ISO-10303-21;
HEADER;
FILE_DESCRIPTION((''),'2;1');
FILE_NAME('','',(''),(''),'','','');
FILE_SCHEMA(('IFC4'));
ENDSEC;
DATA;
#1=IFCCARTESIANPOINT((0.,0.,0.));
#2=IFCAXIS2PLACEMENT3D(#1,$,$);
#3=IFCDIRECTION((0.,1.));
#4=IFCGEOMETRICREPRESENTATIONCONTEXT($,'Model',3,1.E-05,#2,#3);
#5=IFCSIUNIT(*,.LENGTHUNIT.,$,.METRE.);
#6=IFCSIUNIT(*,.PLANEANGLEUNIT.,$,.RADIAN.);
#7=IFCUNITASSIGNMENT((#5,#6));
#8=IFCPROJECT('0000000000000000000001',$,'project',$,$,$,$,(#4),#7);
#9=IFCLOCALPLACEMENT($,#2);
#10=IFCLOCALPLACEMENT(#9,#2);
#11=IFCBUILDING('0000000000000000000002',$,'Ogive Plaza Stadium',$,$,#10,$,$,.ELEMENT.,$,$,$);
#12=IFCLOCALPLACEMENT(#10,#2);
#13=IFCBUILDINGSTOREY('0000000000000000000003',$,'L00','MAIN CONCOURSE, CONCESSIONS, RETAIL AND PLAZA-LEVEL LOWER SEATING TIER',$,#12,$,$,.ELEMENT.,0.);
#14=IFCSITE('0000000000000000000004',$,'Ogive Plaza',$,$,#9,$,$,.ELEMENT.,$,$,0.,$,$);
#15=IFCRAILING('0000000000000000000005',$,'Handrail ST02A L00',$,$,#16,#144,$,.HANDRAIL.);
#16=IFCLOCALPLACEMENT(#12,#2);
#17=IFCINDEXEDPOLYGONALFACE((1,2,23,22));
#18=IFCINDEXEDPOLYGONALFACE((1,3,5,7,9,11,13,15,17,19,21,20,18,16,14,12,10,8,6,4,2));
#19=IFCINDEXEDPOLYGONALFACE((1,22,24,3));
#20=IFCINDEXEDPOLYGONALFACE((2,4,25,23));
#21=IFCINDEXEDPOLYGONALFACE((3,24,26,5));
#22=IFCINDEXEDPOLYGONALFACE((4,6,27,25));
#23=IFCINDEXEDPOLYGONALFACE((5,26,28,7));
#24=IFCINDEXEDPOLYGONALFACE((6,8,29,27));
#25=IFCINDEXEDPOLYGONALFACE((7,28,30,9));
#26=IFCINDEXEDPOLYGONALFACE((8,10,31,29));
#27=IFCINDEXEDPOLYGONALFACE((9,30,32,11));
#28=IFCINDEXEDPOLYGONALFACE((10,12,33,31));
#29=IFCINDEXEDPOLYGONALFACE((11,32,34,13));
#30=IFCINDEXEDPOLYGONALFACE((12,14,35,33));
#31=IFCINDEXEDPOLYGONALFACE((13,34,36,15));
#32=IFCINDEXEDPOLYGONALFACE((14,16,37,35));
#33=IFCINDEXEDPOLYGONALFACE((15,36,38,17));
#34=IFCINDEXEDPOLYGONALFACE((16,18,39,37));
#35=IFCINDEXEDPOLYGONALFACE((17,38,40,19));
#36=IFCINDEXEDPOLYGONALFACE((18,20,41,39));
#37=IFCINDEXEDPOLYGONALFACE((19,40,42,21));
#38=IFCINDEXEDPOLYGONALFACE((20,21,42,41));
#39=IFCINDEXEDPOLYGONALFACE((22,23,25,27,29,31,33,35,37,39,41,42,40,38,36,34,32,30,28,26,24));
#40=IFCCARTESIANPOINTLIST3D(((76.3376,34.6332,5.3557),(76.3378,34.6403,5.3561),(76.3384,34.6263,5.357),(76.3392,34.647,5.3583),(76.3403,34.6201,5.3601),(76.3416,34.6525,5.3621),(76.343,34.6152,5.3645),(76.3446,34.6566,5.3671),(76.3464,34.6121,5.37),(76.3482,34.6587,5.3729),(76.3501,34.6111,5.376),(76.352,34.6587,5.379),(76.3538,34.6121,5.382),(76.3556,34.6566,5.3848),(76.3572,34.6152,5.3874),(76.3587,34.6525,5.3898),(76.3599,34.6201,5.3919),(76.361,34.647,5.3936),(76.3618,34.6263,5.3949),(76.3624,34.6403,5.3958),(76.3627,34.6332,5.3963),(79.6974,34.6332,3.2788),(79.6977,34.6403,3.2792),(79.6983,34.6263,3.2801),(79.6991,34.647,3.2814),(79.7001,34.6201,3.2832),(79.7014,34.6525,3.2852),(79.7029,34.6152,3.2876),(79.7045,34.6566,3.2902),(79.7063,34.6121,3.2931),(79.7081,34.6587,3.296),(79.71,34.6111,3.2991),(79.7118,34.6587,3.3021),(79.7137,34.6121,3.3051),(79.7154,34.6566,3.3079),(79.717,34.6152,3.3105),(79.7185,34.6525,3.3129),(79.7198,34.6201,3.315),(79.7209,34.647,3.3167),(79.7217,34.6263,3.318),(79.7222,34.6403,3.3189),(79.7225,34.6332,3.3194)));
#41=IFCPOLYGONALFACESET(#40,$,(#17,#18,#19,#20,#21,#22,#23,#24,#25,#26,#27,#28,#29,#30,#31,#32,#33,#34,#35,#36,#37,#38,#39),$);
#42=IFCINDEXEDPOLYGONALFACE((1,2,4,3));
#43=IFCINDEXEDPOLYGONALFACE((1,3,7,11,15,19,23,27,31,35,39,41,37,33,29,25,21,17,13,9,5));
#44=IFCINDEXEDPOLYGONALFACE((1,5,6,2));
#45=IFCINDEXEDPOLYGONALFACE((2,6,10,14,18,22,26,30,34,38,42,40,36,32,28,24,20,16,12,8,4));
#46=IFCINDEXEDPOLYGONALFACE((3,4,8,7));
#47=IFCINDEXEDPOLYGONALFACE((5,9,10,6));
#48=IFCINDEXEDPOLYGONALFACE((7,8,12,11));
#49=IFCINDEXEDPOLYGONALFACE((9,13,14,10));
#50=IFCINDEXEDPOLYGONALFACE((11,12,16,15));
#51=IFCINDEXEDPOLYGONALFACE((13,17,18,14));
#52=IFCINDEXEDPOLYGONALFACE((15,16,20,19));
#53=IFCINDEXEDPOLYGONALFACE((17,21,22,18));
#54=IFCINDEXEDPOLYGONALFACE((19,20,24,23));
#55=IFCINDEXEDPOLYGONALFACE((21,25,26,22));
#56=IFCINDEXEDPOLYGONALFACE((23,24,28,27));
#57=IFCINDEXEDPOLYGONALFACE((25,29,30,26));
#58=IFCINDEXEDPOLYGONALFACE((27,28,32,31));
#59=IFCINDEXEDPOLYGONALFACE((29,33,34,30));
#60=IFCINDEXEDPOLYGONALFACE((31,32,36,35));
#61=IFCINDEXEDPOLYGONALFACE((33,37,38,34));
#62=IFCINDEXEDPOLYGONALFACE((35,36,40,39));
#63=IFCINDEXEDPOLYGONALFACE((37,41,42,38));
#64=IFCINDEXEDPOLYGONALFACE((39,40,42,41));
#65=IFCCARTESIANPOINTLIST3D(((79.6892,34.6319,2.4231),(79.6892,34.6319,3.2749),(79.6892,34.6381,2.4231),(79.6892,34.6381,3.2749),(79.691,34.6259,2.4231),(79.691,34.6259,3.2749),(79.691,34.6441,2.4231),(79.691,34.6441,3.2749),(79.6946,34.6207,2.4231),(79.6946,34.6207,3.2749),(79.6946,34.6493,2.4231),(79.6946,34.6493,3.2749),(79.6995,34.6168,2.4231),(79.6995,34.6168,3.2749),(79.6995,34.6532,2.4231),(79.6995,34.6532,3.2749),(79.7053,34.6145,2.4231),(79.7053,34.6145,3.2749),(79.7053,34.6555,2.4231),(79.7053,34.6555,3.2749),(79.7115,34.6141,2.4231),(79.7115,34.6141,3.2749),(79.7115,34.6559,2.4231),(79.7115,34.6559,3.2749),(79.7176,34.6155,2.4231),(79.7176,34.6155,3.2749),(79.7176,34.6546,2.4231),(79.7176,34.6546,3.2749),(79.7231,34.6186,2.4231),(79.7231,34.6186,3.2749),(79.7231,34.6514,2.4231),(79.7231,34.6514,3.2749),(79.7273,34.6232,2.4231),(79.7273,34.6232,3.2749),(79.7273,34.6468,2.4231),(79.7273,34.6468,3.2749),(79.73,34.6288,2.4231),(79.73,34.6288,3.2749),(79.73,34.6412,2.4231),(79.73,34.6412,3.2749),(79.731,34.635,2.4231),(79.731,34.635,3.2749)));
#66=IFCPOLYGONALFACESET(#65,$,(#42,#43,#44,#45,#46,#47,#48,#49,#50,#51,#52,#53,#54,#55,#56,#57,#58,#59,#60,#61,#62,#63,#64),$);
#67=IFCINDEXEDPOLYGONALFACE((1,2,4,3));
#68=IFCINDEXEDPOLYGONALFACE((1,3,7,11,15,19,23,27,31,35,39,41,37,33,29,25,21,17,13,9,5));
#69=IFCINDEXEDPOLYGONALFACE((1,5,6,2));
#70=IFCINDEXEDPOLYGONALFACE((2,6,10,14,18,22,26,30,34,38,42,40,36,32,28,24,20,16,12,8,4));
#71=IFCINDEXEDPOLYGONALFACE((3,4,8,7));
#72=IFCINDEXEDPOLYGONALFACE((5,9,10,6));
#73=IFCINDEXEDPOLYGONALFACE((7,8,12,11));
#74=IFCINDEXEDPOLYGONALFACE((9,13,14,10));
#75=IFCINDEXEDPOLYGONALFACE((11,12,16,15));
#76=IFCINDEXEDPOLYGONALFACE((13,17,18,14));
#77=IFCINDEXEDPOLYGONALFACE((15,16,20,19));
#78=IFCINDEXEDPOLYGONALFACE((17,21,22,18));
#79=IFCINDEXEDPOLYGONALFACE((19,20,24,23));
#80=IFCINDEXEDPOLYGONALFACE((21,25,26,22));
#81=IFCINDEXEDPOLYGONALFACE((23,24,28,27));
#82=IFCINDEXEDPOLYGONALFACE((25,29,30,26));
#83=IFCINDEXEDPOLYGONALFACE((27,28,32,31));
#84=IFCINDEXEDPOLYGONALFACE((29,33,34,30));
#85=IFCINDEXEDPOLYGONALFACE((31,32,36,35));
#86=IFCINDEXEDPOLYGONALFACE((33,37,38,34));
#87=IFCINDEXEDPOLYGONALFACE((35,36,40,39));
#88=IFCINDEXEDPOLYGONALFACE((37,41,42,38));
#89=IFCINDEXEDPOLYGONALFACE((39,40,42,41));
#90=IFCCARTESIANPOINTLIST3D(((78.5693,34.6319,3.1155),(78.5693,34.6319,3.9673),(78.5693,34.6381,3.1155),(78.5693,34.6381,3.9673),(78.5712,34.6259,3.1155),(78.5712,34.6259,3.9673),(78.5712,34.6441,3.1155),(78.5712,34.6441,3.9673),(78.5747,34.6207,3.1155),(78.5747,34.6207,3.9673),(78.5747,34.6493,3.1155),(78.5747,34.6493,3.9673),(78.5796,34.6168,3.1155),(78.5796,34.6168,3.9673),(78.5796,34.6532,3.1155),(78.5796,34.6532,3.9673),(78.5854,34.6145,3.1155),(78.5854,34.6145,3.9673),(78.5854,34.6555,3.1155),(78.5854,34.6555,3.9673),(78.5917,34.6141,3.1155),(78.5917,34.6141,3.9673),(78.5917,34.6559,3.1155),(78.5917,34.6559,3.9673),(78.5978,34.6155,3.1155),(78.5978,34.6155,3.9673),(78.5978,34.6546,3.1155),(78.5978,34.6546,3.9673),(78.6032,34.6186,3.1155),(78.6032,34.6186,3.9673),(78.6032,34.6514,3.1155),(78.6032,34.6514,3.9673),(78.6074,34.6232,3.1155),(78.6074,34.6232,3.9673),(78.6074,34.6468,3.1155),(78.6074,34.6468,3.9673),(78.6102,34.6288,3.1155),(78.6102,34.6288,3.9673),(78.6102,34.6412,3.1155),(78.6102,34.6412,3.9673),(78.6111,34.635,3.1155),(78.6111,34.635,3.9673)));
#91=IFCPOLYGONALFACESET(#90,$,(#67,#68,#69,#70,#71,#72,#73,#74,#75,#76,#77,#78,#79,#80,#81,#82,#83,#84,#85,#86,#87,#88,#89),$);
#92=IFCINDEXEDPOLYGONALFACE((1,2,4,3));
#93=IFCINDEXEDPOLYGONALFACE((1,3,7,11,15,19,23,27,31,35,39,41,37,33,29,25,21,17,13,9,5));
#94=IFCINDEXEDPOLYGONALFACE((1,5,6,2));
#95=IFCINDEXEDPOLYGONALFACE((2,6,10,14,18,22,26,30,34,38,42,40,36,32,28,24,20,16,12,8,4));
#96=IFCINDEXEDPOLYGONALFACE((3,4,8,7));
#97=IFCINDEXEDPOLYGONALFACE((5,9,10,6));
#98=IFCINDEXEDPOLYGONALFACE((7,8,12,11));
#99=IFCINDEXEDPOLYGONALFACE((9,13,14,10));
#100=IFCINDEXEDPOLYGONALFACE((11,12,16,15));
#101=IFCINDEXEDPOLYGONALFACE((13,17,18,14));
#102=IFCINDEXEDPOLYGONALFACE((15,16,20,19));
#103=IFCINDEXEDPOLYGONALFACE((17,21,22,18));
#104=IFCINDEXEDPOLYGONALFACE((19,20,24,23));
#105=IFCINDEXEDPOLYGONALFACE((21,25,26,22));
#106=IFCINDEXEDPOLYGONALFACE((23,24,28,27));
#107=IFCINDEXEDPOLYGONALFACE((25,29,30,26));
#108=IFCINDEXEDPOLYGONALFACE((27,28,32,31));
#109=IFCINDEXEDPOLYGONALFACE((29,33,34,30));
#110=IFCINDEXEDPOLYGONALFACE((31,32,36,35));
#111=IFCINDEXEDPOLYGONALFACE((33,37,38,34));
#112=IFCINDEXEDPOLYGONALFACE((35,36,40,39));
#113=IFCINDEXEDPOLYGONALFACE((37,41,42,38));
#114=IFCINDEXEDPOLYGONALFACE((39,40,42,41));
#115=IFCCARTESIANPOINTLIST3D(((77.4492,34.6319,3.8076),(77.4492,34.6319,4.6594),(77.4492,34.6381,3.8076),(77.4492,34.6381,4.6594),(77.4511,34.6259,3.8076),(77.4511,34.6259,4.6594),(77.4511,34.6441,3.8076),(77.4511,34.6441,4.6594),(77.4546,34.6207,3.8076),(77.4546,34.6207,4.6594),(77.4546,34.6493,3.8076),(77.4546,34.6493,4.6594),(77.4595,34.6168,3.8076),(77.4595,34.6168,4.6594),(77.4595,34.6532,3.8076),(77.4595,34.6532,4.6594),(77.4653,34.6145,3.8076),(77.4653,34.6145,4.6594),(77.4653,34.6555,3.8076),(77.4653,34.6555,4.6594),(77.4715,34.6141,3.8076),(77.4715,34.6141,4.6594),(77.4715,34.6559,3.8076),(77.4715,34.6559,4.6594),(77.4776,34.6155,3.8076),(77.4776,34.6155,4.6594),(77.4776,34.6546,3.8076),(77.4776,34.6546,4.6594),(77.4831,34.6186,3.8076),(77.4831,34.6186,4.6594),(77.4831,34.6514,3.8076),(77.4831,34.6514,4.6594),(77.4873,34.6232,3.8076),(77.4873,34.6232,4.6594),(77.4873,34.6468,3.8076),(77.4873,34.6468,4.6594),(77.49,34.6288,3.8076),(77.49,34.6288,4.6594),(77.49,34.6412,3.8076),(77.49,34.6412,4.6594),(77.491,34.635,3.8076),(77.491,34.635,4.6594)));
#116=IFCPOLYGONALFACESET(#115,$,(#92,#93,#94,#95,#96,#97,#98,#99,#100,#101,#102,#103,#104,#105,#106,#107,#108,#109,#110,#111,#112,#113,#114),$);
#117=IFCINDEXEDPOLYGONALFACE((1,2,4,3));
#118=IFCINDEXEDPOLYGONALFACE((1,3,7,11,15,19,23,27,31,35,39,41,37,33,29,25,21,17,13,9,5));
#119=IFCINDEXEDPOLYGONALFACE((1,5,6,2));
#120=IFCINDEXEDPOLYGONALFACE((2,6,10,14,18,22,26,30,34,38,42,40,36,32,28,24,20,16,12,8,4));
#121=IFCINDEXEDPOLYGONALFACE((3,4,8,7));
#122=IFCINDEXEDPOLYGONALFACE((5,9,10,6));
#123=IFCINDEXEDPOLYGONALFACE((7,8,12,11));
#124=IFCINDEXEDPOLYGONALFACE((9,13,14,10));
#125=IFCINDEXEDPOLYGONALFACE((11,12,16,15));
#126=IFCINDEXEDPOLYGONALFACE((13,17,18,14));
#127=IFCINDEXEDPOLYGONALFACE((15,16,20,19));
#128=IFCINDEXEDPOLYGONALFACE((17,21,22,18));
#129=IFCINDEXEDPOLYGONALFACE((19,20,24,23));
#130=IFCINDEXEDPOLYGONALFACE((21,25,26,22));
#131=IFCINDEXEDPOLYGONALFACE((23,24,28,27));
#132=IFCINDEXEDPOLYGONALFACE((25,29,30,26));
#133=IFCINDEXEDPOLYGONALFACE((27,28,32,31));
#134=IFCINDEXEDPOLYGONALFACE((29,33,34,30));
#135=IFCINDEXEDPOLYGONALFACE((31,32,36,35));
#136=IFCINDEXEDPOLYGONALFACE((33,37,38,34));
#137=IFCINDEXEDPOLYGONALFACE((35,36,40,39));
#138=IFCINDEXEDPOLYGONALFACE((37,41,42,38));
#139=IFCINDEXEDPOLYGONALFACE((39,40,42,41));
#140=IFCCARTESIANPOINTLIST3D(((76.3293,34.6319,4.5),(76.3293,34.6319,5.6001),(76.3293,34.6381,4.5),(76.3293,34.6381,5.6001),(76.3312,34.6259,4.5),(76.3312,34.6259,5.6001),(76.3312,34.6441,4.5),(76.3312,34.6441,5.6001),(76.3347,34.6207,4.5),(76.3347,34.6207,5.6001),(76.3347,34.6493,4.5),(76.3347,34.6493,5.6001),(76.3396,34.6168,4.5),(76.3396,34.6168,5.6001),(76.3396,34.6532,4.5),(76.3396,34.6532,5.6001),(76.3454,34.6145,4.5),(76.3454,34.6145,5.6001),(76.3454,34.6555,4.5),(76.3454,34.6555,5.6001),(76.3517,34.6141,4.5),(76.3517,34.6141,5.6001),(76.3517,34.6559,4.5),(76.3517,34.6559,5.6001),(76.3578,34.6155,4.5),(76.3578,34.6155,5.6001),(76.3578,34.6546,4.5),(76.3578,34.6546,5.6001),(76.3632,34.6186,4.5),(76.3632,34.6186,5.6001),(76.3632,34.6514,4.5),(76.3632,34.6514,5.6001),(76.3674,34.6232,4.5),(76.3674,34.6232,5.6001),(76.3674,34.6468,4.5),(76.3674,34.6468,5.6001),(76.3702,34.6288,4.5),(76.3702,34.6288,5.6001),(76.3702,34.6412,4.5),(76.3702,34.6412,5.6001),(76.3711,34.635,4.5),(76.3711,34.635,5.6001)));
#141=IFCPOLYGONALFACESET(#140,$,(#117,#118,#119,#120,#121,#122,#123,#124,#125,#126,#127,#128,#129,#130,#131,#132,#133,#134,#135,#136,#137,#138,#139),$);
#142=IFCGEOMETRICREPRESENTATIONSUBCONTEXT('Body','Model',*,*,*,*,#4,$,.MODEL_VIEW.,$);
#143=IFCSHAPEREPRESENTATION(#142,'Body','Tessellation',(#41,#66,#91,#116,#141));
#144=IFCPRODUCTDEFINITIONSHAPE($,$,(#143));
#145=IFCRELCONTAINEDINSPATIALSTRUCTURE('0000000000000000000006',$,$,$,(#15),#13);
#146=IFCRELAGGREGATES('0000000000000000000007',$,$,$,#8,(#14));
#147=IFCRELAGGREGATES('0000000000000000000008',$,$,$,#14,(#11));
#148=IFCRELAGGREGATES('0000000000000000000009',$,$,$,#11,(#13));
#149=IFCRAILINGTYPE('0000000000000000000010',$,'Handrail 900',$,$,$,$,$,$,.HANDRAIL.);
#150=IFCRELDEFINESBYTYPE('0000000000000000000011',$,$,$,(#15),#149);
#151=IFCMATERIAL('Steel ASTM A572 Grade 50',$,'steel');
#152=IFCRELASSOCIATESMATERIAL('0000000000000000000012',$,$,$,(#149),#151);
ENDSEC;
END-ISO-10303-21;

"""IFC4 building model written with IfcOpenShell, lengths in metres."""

from ifc_helpers import new_model, si_unit, direction, frame, origin, origin_2d, place, context, subcontext, project, spatial, circle, extrude, material, type_object, element, save


model = new_model("IFC4")

# Units and contexts
model_context = context("Model", 3, precision=1e-05, world=origin(), true_north=direction((0.0, 1.0)))
body_context = subcontext(model_context, "Body", "Model", "MODEL_VIEW")
ifc_project = project(units=[si_unit("LENGTHUNIT", "METRE"), si_unit("PLANEANGLEUNIT", "RADIAN")], contexts=[model_context])

# Site, building, storey
site_placement = place(None, origin())
site = spatial("IfcSite", under=ifc_project, at=site_placement, Name="Ogive Plaza", CompositionType="ELEMENT", RefElevation=0.0)
building_placement = place(site_placement, origin())
building = spatial("IfcBuilding", under=site, at=building_placement, Name="Ogive Plaza Stadium", CompositionType="ELEMENT")
storey_placement = place(building_placement, origin())
storey = spatial("IfcBuildingStorey", under=building, at=storey_placement, Name="L00", Description="MAIN CONCOURSE, CONCESSIONS, RETAIL AND PLAZA-LEVEL LOWER SEATING TIER", CompositionType="ELEMENT", Elevation=0.0)

# Railing
ifc_material_1 = material(Name="Steel ASTM A572 Grade 50", Category="steel")
railing_type_1 = type_object("IfcRailingType", Name="Handrail 900", PredefinedType="HANDRAIL", material=ifc_material_1)
for number, where, name in (
    (1, (79.71, 34.635, 2.4231), "Handrail ST02A L00"),
):
    element("IfcRailing", number, at=place(storey_placement, frame(where)), inside=storey, type_object=railing_type_1, Name=name, PredefinedType="HANDRAIL", context=body_context, shape_type="SweptSolid", body=[
        extrude(circle(Radius=0.0239, at=origin_2d()), frame((0.0, 0.0, 0.876), z_axis=(-0.850606, 0.0, 0.525803), x_axis=(0.0, -1.0, 0.0)), (0.0, 0.0, 1.0), 3.95),
        extrude(circle(Radius=0.021, at=origin_2d()), origin(), (0.0, 0.0, 1.0), 0.8518),
        extrude(circle(Radius=0.021, at=origin_2d()), frame((-1.1199, 0.0, 0.6924)), (0.0, 0.0, 1.0), 0.8518),
        extrude(circle(Radius=0.021, at=origin_2d()), frame((-2.24, 0.0, 1.3845)), (0.0, 0.0, 1.0), 0.8518),
        extrude(circle(Radius=0.021, at=origin_2d()), frame((-3.3599, 0.0, 2.0769)), (0.0, 0.0, 1.0), 1.1001),
    ])

save(model, "model.ifc")
